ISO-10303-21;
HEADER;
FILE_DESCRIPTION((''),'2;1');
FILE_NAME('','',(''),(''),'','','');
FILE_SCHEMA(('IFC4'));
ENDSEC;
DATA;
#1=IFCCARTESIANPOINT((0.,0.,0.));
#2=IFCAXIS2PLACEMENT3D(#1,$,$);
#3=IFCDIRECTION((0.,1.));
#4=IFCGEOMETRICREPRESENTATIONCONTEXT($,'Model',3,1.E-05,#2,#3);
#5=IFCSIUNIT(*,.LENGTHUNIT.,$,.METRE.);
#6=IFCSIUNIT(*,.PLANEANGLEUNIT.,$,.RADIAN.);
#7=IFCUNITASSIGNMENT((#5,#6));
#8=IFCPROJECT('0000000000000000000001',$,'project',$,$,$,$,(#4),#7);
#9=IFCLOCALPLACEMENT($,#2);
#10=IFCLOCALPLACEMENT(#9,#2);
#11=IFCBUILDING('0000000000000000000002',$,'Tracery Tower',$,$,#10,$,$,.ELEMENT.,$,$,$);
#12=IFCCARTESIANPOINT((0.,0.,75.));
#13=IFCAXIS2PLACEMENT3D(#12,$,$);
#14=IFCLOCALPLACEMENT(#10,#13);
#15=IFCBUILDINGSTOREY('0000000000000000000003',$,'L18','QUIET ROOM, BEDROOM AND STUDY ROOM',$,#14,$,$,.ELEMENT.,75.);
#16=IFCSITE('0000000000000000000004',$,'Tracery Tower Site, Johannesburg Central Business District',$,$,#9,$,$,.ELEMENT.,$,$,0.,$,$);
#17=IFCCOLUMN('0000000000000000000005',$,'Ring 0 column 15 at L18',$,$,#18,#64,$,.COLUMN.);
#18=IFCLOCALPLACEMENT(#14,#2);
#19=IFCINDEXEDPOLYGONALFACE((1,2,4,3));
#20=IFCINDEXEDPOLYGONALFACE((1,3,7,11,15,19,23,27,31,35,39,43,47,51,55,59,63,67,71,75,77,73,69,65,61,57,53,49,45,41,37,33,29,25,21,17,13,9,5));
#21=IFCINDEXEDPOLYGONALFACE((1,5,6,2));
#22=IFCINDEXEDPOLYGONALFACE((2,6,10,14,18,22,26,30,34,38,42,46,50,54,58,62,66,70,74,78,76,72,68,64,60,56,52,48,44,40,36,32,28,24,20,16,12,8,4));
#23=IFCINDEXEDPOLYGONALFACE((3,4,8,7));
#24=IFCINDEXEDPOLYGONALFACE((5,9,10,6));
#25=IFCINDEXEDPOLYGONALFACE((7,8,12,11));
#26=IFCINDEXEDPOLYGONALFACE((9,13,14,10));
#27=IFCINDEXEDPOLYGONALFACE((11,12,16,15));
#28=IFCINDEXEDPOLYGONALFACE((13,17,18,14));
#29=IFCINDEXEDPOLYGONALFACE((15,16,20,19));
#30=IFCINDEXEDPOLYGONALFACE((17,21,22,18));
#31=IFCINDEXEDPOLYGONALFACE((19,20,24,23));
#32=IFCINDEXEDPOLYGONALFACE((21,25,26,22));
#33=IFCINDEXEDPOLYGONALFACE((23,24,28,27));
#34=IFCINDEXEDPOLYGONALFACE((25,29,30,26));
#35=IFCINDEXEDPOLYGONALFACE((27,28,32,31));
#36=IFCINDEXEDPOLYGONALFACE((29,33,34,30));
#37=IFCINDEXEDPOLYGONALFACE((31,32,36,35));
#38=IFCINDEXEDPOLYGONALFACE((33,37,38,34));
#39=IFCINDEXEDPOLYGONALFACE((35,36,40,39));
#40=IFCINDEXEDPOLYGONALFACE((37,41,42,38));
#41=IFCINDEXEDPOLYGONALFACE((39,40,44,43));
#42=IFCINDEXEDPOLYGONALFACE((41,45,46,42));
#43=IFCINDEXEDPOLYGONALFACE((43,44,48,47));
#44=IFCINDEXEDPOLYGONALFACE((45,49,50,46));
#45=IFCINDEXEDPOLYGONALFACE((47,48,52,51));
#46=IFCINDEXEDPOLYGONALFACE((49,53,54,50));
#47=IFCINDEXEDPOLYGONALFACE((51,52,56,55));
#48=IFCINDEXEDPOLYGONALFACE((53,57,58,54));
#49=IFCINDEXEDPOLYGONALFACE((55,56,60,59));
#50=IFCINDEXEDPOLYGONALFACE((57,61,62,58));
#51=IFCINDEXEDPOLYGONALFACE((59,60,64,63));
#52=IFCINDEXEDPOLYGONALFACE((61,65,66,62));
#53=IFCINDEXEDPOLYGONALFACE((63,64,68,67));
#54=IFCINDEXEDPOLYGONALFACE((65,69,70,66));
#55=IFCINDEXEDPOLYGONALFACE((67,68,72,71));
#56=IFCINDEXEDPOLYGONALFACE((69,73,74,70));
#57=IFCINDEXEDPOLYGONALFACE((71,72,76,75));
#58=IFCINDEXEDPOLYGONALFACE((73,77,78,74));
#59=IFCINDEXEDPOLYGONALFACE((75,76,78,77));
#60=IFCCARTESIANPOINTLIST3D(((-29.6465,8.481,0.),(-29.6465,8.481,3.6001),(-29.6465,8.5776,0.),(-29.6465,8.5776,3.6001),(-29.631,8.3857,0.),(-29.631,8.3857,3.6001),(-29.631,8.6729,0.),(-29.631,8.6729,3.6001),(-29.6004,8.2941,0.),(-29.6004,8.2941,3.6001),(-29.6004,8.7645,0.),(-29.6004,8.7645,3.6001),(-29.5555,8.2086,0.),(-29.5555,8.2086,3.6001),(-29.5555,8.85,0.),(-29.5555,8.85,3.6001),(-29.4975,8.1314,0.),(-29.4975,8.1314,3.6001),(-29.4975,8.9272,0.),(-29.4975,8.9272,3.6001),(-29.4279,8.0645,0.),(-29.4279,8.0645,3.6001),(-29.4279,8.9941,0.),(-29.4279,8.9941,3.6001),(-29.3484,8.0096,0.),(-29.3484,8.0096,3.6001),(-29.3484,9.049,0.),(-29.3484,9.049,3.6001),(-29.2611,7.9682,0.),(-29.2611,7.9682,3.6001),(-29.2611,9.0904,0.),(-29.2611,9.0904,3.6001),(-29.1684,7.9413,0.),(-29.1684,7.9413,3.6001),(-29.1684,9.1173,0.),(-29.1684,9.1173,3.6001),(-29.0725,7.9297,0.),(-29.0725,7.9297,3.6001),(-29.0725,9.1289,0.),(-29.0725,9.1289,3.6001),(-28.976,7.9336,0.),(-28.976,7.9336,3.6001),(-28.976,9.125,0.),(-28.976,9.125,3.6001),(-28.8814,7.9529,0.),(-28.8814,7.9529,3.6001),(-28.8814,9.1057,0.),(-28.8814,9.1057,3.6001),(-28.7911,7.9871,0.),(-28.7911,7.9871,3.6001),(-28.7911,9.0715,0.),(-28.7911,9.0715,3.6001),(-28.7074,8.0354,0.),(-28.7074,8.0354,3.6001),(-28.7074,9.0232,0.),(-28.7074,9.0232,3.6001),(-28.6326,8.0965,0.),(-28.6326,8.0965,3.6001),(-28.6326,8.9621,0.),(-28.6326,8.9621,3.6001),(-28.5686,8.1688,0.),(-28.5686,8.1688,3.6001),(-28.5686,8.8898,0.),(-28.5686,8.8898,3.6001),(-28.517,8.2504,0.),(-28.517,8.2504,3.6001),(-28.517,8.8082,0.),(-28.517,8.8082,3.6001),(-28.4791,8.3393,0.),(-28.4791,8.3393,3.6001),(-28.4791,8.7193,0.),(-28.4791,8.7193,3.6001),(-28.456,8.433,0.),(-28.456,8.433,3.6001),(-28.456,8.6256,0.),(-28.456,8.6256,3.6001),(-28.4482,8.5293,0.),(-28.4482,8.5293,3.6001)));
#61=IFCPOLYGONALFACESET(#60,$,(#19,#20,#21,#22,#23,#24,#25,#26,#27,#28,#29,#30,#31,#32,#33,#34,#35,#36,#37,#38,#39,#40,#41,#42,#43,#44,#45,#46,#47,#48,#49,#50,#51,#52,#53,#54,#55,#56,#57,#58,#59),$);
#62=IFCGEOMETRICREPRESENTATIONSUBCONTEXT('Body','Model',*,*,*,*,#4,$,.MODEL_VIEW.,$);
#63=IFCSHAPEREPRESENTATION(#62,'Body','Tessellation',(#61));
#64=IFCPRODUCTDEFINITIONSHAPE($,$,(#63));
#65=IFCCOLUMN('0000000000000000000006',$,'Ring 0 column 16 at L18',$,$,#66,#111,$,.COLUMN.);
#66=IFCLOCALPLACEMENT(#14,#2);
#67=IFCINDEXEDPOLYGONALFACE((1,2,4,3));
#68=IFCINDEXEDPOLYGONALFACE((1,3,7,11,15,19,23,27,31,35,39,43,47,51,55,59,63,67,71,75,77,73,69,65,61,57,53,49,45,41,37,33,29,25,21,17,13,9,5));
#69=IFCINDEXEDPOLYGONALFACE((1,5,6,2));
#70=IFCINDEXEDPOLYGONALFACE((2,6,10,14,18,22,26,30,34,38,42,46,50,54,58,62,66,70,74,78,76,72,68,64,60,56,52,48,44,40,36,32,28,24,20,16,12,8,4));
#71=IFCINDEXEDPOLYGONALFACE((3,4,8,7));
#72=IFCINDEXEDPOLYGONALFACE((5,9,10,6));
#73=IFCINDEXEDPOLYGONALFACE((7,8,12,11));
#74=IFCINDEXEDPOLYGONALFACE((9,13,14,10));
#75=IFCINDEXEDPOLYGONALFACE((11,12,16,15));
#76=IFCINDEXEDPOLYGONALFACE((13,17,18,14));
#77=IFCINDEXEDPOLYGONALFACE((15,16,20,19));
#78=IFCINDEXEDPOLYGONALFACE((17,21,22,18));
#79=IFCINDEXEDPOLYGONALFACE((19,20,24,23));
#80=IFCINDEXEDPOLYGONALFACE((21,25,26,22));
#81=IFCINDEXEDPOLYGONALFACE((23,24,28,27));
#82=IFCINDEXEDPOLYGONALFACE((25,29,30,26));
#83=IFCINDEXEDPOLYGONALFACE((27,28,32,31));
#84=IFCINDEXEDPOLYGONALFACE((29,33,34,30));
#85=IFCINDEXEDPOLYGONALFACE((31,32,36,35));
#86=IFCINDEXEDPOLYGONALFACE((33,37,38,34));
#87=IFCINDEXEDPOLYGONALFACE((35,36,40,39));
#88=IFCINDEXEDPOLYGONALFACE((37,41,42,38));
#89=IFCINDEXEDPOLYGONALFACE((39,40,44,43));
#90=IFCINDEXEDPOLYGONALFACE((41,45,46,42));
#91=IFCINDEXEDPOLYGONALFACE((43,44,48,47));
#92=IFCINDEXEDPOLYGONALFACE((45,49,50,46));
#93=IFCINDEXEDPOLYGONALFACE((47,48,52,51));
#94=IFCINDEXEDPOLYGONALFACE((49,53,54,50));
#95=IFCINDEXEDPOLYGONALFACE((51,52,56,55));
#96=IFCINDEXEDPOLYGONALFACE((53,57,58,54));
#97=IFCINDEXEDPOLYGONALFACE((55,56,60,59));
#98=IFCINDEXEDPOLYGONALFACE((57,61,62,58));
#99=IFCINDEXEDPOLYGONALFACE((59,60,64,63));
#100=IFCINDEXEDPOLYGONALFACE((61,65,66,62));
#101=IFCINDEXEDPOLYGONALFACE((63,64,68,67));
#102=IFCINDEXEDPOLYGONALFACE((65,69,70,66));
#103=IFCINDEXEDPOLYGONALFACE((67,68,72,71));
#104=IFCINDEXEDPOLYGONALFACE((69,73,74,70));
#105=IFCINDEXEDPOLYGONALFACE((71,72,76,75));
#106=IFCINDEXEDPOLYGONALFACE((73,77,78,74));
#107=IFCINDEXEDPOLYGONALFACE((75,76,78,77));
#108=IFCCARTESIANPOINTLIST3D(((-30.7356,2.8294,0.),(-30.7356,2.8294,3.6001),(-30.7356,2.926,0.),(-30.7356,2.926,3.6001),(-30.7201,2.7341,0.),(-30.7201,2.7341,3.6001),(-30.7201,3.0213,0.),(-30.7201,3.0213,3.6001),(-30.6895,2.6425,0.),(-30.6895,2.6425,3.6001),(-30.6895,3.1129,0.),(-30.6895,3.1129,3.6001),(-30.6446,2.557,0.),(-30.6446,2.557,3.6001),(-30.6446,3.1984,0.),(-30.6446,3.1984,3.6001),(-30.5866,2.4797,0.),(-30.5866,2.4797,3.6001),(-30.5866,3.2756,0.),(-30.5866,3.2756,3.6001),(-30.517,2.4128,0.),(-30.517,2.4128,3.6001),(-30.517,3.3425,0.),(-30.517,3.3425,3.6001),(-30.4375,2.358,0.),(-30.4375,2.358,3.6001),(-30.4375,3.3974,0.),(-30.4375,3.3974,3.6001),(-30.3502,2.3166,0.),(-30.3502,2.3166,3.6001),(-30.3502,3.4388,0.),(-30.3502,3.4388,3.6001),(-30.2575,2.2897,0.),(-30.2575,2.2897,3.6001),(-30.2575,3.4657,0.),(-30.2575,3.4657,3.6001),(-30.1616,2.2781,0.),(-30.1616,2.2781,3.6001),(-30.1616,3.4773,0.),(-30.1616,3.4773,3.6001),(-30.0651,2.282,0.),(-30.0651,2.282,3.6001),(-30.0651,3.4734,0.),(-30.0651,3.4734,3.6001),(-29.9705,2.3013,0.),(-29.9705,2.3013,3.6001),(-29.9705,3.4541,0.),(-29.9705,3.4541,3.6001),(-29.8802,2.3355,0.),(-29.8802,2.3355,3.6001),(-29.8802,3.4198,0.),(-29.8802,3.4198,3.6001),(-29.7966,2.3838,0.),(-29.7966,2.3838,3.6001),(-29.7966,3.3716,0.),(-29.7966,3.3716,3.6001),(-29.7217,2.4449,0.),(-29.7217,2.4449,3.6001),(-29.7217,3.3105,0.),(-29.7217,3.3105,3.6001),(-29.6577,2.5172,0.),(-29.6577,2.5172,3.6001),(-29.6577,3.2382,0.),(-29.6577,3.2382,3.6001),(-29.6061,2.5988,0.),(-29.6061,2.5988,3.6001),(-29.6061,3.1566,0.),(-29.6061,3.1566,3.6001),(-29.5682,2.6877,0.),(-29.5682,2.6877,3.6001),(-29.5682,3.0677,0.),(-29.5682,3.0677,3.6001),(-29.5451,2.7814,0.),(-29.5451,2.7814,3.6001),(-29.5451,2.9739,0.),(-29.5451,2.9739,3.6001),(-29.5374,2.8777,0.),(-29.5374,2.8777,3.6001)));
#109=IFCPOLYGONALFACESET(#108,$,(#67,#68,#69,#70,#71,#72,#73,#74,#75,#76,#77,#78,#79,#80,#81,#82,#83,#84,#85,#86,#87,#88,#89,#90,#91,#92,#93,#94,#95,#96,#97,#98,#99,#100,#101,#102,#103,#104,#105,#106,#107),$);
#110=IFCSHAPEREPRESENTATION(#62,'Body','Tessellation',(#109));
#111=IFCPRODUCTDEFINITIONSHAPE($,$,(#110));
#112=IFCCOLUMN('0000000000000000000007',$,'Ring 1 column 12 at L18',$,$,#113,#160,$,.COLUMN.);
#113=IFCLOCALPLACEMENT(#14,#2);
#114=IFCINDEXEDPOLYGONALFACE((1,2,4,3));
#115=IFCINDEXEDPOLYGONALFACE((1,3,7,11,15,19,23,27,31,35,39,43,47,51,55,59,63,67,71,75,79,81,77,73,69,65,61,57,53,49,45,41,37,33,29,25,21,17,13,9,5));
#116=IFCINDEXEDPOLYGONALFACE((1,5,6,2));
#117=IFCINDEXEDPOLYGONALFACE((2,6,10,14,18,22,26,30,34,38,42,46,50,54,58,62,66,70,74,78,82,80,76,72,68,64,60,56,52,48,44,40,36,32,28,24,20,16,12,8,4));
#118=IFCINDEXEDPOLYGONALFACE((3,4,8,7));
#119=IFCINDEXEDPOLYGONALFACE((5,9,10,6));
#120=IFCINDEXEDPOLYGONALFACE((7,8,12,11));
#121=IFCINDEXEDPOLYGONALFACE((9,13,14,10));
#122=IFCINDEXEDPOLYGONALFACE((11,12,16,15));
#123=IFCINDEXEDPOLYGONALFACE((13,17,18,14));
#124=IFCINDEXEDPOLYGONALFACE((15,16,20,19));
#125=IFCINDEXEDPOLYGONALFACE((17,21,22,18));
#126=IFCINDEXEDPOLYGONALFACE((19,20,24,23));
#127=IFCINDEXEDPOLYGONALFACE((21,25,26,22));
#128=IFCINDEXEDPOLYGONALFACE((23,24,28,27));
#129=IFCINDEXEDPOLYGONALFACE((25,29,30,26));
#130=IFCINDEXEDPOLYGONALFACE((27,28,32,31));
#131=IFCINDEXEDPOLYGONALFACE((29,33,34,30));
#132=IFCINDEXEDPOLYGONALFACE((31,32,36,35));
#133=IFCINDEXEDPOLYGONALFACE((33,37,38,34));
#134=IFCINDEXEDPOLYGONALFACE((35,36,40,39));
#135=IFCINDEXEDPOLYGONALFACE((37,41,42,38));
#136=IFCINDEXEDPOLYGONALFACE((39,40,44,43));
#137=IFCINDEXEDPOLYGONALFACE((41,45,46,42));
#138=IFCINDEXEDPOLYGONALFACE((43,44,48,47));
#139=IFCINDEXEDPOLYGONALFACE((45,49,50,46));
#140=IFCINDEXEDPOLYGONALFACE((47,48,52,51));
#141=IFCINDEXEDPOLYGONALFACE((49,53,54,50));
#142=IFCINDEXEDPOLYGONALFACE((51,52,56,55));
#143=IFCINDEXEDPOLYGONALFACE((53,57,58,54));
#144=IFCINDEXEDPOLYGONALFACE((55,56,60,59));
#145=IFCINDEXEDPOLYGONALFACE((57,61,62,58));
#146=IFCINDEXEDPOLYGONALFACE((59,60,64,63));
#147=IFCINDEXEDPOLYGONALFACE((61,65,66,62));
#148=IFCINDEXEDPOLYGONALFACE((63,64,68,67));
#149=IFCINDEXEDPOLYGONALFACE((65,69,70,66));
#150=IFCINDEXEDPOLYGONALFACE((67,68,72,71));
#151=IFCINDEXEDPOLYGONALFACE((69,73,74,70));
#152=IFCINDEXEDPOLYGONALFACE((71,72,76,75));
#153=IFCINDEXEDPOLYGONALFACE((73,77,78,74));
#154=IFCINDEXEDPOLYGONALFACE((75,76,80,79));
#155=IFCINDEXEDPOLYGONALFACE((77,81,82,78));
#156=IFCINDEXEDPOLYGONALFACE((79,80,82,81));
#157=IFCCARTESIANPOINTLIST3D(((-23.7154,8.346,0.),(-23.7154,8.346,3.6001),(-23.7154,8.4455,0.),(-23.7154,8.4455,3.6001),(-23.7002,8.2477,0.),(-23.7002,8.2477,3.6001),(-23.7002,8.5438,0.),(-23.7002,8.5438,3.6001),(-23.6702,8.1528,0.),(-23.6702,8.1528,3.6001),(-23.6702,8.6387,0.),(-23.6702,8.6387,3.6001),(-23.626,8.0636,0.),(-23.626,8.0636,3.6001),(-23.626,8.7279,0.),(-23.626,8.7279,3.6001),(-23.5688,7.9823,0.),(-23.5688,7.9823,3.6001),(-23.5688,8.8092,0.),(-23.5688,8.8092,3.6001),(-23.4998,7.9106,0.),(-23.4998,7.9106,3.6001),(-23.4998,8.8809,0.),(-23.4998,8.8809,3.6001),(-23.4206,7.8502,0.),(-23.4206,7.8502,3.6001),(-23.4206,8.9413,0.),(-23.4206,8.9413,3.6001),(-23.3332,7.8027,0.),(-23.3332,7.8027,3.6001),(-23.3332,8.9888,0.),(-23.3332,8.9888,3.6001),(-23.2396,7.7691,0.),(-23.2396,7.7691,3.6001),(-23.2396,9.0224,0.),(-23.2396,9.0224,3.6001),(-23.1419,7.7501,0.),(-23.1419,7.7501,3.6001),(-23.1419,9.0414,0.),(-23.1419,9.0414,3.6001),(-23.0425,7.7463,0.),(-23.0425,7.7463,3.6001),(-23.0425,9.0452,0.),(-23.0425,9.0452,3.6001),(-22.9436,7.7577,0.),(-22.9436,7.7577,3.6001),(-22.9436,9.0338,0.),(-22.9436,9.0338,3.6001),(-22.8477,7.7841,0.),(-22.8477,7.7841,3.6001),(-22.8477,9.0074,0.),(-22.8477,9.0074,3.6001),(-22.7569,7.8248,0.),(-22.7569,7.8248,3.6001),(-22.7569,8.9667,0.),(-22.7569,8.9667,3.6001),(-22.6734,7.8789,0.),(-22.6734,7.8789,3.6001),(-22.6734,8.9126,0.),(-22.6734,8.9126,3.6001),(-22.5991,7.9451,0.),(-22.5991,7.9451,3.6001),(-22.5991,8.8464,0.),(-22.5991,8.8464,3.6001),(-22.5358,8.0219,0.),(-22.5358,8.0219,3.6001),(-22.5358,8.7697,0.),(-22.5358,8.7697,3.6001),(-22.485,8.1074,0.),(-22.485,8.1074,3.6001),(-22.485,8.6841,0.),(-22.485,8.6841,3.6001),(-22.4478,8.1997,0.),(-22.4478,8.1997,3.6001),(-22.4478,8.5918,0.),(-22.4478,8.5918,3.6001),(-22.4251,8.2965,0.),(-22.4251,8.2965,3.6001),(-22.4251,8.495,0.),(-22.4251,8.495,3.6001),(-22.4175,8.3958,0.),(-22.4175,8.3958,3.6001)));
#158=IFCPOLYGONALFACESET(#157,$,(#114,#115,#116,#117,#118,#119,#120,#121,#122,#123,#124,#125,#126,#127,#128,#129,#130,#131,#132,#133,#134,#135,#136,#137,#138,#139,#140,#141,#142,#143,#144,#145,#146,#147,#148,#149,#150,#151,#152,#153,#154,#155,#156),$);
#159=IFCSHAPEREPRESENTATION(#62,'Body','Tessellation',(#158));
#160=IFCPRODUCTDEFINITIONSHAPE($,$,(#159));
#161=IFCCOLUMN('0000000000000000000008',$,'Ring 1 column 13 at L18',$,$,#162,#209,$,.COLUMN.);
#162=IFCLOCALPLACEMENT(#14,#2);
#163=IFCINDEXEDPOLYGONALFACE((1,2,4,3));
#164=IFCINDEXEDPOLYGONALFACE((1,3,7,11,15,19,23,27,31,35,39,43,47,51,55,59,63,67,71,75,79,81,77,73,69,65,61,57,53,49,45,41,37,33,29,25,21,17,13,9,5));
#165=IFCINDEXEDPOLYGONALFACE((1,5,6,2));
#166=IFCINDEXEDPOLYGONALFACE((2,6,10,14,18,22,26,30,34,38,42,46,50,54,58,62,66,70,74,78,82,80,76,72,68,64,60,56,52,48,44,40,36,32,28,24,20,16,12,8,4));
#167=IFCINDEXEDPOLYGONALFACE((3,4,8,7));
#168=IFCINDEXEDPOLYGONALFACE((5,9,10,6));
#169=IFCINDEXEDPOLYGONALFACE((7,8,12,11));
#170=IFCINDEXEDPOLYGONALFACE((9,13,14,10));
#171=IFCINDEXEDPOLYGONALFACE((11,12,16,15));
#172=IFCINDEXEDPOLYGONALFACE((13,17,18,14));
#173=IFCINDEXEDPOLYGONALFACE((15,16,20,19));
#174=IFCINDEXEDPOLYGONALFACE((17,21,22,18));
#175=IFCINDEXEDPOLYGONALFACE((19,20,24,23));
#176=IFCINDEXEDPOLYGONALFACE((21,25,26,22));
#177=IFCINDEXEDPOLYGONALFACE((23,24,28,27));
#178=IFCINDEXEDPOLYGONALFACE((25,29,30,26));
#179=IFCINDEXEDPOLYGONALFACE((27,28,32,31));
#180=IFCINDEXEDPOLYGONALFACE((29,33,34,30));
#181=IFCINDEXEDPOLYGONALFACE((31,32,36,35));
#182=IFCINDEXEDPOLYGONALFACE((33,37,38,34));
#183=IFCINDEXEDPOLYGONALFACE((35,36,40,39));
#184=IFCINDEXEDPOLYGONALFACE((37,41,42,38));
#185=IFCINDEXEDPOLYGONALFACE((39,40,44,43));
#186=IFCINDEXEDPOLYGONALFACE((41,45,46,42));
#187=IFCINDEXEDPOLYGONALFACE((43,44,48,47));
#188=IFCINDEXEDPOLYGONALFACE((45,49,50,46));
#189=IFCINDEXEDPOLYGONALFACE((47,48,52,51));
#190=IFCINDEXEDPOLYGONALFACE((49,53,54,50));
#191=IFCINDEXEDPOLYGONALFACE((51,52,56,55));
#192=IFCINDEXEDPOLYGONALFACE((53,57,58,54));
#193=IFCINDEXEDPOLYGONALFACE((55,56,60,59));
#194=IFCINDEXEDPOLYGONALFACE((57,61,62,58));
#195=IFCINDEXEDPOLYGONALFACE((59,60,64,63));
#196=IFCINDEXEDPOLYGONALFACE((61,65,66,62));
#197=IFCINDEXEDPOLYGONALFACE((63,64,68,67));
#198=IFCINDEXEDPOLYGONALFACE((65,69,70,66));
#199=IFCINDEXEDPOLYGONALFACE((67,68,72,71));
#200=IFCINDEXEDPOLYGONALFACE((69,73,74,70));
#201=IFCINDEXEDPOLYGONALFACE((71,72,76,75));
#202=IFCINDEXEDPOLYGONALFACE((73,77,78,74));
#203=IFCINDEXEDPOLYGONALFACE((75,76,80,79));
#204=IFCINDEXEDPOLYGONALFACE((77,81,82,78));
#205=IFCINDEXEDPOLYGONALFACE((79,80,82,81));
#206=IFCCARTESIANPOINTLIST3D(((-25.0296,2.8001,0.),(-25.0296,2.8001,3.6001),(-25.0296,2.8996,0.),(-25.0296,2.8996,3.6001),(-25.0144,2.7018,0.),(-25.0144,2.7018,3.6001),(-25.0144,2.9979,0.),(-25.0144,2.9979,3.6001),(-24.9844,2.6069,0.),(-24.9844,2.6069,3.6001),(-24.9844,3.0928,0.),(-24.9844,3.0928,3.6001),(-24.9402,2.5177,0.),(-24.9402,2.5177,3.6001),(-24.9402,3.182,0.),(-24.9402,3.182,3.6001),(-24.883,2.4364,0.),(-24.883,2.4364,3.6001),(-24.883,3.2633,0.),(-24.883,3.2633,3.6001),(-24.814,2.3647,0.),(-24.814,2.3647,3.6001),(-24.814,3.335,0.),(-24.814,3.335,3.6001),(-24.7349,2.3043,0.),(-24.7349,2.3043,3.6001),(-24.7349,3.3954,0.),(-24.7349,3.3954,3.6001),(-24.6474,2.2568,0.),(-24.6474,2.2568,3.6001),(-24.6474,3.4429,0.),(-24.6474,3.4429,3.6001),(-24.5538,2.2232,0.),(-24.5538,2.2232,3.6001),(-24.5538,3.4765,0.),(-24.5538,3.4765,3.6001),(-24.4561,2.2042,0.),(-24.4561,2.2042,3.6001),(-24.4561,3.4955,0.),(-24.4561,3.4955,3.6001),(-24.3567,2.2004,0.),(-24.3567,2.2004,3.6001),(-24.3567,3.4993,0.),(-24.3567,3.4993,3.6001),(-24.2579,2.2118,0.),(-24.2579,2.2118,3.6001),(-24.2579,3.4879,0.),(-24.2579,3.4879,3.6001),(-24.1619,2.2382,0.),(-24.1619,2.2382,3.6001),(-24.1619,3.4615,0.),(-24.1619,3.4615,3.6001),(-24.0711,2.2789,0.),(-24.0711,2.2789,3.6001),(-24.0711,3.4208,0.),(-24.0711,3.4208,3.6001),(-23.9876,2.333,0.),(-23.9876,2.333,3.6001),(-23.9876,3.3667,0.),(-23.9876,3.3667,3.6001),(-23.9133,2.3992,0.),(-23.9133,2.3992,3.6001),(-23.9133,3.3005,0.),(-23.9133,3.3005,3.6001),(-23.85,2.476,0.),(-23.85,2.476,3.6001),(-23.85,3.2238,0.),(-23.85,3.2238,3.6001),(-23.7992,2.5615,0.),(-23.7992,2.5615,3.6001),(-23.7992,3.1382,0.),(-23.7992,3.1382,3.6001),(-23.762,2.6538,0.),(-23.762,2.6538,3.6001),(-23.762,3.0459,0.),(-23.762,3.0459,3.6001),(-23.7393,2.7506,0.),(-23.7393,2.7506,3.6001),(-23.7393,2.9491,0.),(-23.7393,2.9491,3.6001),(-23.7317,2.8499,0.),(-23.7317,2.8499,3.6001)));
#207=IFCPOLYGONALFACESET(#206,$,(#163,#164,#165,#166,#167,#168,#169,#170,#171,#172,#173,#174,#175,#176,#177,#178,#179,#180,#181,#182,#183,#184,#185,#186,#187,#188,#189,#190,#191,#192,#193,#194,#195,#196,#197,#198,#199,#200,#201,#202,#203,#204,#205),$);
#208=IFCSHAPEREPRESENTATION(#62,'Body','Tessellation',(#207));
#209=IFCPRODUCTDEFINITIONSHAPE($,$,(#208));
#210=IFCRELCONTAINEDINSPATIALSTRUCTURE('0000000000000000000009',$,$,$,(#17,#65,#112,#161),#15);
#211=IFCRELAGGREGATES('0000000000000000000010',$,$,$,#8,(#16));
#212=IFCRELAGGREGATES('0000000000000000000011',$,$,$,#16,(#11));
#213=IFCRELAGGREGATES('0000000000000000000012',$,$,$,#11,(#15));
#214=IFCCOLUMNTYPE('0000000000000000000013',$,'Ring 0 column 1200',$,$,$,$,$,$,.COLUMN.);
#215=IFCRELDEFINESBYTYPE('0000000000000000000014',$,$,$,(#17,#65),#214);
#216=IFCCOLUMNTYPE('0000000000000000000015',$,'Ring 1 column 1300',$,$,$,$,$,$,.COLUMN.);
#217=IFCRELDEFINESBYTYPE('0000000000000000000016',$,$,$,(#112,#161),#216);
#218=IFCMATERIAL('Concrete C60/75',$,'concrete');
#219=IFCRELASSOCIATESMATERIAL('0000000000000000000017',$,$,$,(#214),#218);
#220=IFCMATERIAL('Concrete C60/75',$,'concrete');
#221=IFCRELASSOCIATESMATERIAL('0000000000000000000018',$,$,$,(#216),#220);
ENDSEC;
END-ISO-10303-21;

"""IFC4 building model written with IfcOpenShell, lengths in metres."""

from ifc_helpers import new_model, si_unit, direction, frame, origin, origin_2d, place, context, subcontext, project, spatial, circle, extrude, material, material_profile, profile_set, type_object, element, save


model = new_model("IFC4")

# Units and contexts
model_context = context("Model", 3, precision=1e-05, world=origin(), true_north=direction((0.0, 1.0)))
body_context = subcontext(model_context, "Body", "Model", "MODEL_VIEW")
ifc_project = project(units=[si_unit("LENGTHUNIT", "METRE"), si_unit("PLANEANGLEUNIT", "RADIAN")], contexts=[model_context])

# Site, building, storey
site_placement = place(None, origin())
site = spatial("IfcSite", under=ifc_project, at=site_placement, Name="Tracery Tower Site, Johannesburg Central Business District", CompositionType="ELEMENT", RefElevation=0.0)
building_placement = place(site_placement, origin())
building = spatial("IfcBuilding", under=site, at=building_placement, Name="Tracery Tower", CompositionType="ELEMENT")
storey_placement = place(building_placement, frame((0.0, 0.0, 75.0)))
storey = spatial("IfcBuildingStorey", under=building, at=storey_placement, Name="L18", Description="QUIET ROOM, BEDROOM AND STUDY ROOM", CompositionType="ELEMENT", Elevation=75.0)

# Columns
ifc_material_1 = material(Name="Concrete C60/75", Category="concrete")
ifc_material_profile_1 = material_profile(ifc_material_1, circle(Radius=0.6001, at=origin_2d()), Name="RC D1200")
ifc_profile_set_1 = profile_set([ifc_material_profile_1], Name="Concrete C60/75")
column_type_1 = type_object("IfcColumnType", Name="Ring 0 column 1200", PredefinedType="COLUMN", material=ifc_profile_set_1)
for number, where, z_axis, x_axis, name in (
    (1, (-29.0483, 8.5293, 0.0), (0.0, 0.0, 1.0), (1.0, 0.0, 0.0), "Ring 0 column 15 at L18"),
    (2, (-30.1375, 2.8777, 0.0), (0.0, 0.0, 1.0), (1.0, 0.0, 0.0), "Ring 0 column 16 at L18"),
):
    element("IfcColumn", number, at=place(storey_placement, frame(where, z_axis=z_axis, x_axis=x_axis)), inside=storey, type_object=column_type_1, Name=name, PredefinedType="COLUMN", context=body_context, shape_type="SweptSolid", body=[
        extrude(circle(Radius=0.6001, at=origin_2d()), origin(), (0.0, 0.0, 1.0), 3.6001),
    ])
ifc_material_2 = material(Name="Concrete C60/75", Category="concrete")
ifc_material_profile_2 = material_profile(ifc_material_2, circle(Radius=0.6499, at=origin_2d()), Name="RC D1300")
ifc_profile_set_2 = profile_set([ifc_material_profile_2], Name="Concrete C60/75")
column_type_2 = type_object("IfcColumnType", Name="Ring 1 column 1300", PredefinedType="COLUMN", material=ifc_profile_set_2)
for number, where, z_axis, x_axis, name in (
    (3, (-23.0674, 8.3958, 0.0), (0.0, 0.0, 1.0), (1.0, 0.0, 0.0), "Ring 1 column 12 at L18"),
    (4, (-24.3816, 2.8499, 0.0), (0.0, 0.0, 1.0), (1.0, 0.0, 0.0), "Ring 1 column 13 at L18"),
):
    element("IfcColumn", number, at=place(storey_placement, frame(where, z_axis=z_axis, x_axis=x_axis)), inside=storey, type_object=column_type_2, Name=name, PredefinedType="COLUMN", context=body_context, shape_type="SweptSolid", body=[
        extrude(circle(Radius=0.6499, at=origin_2d()), origin(), (0.0, 0.0, 1.0), 3.6001),
    ])

save(model, "model.ifc")
